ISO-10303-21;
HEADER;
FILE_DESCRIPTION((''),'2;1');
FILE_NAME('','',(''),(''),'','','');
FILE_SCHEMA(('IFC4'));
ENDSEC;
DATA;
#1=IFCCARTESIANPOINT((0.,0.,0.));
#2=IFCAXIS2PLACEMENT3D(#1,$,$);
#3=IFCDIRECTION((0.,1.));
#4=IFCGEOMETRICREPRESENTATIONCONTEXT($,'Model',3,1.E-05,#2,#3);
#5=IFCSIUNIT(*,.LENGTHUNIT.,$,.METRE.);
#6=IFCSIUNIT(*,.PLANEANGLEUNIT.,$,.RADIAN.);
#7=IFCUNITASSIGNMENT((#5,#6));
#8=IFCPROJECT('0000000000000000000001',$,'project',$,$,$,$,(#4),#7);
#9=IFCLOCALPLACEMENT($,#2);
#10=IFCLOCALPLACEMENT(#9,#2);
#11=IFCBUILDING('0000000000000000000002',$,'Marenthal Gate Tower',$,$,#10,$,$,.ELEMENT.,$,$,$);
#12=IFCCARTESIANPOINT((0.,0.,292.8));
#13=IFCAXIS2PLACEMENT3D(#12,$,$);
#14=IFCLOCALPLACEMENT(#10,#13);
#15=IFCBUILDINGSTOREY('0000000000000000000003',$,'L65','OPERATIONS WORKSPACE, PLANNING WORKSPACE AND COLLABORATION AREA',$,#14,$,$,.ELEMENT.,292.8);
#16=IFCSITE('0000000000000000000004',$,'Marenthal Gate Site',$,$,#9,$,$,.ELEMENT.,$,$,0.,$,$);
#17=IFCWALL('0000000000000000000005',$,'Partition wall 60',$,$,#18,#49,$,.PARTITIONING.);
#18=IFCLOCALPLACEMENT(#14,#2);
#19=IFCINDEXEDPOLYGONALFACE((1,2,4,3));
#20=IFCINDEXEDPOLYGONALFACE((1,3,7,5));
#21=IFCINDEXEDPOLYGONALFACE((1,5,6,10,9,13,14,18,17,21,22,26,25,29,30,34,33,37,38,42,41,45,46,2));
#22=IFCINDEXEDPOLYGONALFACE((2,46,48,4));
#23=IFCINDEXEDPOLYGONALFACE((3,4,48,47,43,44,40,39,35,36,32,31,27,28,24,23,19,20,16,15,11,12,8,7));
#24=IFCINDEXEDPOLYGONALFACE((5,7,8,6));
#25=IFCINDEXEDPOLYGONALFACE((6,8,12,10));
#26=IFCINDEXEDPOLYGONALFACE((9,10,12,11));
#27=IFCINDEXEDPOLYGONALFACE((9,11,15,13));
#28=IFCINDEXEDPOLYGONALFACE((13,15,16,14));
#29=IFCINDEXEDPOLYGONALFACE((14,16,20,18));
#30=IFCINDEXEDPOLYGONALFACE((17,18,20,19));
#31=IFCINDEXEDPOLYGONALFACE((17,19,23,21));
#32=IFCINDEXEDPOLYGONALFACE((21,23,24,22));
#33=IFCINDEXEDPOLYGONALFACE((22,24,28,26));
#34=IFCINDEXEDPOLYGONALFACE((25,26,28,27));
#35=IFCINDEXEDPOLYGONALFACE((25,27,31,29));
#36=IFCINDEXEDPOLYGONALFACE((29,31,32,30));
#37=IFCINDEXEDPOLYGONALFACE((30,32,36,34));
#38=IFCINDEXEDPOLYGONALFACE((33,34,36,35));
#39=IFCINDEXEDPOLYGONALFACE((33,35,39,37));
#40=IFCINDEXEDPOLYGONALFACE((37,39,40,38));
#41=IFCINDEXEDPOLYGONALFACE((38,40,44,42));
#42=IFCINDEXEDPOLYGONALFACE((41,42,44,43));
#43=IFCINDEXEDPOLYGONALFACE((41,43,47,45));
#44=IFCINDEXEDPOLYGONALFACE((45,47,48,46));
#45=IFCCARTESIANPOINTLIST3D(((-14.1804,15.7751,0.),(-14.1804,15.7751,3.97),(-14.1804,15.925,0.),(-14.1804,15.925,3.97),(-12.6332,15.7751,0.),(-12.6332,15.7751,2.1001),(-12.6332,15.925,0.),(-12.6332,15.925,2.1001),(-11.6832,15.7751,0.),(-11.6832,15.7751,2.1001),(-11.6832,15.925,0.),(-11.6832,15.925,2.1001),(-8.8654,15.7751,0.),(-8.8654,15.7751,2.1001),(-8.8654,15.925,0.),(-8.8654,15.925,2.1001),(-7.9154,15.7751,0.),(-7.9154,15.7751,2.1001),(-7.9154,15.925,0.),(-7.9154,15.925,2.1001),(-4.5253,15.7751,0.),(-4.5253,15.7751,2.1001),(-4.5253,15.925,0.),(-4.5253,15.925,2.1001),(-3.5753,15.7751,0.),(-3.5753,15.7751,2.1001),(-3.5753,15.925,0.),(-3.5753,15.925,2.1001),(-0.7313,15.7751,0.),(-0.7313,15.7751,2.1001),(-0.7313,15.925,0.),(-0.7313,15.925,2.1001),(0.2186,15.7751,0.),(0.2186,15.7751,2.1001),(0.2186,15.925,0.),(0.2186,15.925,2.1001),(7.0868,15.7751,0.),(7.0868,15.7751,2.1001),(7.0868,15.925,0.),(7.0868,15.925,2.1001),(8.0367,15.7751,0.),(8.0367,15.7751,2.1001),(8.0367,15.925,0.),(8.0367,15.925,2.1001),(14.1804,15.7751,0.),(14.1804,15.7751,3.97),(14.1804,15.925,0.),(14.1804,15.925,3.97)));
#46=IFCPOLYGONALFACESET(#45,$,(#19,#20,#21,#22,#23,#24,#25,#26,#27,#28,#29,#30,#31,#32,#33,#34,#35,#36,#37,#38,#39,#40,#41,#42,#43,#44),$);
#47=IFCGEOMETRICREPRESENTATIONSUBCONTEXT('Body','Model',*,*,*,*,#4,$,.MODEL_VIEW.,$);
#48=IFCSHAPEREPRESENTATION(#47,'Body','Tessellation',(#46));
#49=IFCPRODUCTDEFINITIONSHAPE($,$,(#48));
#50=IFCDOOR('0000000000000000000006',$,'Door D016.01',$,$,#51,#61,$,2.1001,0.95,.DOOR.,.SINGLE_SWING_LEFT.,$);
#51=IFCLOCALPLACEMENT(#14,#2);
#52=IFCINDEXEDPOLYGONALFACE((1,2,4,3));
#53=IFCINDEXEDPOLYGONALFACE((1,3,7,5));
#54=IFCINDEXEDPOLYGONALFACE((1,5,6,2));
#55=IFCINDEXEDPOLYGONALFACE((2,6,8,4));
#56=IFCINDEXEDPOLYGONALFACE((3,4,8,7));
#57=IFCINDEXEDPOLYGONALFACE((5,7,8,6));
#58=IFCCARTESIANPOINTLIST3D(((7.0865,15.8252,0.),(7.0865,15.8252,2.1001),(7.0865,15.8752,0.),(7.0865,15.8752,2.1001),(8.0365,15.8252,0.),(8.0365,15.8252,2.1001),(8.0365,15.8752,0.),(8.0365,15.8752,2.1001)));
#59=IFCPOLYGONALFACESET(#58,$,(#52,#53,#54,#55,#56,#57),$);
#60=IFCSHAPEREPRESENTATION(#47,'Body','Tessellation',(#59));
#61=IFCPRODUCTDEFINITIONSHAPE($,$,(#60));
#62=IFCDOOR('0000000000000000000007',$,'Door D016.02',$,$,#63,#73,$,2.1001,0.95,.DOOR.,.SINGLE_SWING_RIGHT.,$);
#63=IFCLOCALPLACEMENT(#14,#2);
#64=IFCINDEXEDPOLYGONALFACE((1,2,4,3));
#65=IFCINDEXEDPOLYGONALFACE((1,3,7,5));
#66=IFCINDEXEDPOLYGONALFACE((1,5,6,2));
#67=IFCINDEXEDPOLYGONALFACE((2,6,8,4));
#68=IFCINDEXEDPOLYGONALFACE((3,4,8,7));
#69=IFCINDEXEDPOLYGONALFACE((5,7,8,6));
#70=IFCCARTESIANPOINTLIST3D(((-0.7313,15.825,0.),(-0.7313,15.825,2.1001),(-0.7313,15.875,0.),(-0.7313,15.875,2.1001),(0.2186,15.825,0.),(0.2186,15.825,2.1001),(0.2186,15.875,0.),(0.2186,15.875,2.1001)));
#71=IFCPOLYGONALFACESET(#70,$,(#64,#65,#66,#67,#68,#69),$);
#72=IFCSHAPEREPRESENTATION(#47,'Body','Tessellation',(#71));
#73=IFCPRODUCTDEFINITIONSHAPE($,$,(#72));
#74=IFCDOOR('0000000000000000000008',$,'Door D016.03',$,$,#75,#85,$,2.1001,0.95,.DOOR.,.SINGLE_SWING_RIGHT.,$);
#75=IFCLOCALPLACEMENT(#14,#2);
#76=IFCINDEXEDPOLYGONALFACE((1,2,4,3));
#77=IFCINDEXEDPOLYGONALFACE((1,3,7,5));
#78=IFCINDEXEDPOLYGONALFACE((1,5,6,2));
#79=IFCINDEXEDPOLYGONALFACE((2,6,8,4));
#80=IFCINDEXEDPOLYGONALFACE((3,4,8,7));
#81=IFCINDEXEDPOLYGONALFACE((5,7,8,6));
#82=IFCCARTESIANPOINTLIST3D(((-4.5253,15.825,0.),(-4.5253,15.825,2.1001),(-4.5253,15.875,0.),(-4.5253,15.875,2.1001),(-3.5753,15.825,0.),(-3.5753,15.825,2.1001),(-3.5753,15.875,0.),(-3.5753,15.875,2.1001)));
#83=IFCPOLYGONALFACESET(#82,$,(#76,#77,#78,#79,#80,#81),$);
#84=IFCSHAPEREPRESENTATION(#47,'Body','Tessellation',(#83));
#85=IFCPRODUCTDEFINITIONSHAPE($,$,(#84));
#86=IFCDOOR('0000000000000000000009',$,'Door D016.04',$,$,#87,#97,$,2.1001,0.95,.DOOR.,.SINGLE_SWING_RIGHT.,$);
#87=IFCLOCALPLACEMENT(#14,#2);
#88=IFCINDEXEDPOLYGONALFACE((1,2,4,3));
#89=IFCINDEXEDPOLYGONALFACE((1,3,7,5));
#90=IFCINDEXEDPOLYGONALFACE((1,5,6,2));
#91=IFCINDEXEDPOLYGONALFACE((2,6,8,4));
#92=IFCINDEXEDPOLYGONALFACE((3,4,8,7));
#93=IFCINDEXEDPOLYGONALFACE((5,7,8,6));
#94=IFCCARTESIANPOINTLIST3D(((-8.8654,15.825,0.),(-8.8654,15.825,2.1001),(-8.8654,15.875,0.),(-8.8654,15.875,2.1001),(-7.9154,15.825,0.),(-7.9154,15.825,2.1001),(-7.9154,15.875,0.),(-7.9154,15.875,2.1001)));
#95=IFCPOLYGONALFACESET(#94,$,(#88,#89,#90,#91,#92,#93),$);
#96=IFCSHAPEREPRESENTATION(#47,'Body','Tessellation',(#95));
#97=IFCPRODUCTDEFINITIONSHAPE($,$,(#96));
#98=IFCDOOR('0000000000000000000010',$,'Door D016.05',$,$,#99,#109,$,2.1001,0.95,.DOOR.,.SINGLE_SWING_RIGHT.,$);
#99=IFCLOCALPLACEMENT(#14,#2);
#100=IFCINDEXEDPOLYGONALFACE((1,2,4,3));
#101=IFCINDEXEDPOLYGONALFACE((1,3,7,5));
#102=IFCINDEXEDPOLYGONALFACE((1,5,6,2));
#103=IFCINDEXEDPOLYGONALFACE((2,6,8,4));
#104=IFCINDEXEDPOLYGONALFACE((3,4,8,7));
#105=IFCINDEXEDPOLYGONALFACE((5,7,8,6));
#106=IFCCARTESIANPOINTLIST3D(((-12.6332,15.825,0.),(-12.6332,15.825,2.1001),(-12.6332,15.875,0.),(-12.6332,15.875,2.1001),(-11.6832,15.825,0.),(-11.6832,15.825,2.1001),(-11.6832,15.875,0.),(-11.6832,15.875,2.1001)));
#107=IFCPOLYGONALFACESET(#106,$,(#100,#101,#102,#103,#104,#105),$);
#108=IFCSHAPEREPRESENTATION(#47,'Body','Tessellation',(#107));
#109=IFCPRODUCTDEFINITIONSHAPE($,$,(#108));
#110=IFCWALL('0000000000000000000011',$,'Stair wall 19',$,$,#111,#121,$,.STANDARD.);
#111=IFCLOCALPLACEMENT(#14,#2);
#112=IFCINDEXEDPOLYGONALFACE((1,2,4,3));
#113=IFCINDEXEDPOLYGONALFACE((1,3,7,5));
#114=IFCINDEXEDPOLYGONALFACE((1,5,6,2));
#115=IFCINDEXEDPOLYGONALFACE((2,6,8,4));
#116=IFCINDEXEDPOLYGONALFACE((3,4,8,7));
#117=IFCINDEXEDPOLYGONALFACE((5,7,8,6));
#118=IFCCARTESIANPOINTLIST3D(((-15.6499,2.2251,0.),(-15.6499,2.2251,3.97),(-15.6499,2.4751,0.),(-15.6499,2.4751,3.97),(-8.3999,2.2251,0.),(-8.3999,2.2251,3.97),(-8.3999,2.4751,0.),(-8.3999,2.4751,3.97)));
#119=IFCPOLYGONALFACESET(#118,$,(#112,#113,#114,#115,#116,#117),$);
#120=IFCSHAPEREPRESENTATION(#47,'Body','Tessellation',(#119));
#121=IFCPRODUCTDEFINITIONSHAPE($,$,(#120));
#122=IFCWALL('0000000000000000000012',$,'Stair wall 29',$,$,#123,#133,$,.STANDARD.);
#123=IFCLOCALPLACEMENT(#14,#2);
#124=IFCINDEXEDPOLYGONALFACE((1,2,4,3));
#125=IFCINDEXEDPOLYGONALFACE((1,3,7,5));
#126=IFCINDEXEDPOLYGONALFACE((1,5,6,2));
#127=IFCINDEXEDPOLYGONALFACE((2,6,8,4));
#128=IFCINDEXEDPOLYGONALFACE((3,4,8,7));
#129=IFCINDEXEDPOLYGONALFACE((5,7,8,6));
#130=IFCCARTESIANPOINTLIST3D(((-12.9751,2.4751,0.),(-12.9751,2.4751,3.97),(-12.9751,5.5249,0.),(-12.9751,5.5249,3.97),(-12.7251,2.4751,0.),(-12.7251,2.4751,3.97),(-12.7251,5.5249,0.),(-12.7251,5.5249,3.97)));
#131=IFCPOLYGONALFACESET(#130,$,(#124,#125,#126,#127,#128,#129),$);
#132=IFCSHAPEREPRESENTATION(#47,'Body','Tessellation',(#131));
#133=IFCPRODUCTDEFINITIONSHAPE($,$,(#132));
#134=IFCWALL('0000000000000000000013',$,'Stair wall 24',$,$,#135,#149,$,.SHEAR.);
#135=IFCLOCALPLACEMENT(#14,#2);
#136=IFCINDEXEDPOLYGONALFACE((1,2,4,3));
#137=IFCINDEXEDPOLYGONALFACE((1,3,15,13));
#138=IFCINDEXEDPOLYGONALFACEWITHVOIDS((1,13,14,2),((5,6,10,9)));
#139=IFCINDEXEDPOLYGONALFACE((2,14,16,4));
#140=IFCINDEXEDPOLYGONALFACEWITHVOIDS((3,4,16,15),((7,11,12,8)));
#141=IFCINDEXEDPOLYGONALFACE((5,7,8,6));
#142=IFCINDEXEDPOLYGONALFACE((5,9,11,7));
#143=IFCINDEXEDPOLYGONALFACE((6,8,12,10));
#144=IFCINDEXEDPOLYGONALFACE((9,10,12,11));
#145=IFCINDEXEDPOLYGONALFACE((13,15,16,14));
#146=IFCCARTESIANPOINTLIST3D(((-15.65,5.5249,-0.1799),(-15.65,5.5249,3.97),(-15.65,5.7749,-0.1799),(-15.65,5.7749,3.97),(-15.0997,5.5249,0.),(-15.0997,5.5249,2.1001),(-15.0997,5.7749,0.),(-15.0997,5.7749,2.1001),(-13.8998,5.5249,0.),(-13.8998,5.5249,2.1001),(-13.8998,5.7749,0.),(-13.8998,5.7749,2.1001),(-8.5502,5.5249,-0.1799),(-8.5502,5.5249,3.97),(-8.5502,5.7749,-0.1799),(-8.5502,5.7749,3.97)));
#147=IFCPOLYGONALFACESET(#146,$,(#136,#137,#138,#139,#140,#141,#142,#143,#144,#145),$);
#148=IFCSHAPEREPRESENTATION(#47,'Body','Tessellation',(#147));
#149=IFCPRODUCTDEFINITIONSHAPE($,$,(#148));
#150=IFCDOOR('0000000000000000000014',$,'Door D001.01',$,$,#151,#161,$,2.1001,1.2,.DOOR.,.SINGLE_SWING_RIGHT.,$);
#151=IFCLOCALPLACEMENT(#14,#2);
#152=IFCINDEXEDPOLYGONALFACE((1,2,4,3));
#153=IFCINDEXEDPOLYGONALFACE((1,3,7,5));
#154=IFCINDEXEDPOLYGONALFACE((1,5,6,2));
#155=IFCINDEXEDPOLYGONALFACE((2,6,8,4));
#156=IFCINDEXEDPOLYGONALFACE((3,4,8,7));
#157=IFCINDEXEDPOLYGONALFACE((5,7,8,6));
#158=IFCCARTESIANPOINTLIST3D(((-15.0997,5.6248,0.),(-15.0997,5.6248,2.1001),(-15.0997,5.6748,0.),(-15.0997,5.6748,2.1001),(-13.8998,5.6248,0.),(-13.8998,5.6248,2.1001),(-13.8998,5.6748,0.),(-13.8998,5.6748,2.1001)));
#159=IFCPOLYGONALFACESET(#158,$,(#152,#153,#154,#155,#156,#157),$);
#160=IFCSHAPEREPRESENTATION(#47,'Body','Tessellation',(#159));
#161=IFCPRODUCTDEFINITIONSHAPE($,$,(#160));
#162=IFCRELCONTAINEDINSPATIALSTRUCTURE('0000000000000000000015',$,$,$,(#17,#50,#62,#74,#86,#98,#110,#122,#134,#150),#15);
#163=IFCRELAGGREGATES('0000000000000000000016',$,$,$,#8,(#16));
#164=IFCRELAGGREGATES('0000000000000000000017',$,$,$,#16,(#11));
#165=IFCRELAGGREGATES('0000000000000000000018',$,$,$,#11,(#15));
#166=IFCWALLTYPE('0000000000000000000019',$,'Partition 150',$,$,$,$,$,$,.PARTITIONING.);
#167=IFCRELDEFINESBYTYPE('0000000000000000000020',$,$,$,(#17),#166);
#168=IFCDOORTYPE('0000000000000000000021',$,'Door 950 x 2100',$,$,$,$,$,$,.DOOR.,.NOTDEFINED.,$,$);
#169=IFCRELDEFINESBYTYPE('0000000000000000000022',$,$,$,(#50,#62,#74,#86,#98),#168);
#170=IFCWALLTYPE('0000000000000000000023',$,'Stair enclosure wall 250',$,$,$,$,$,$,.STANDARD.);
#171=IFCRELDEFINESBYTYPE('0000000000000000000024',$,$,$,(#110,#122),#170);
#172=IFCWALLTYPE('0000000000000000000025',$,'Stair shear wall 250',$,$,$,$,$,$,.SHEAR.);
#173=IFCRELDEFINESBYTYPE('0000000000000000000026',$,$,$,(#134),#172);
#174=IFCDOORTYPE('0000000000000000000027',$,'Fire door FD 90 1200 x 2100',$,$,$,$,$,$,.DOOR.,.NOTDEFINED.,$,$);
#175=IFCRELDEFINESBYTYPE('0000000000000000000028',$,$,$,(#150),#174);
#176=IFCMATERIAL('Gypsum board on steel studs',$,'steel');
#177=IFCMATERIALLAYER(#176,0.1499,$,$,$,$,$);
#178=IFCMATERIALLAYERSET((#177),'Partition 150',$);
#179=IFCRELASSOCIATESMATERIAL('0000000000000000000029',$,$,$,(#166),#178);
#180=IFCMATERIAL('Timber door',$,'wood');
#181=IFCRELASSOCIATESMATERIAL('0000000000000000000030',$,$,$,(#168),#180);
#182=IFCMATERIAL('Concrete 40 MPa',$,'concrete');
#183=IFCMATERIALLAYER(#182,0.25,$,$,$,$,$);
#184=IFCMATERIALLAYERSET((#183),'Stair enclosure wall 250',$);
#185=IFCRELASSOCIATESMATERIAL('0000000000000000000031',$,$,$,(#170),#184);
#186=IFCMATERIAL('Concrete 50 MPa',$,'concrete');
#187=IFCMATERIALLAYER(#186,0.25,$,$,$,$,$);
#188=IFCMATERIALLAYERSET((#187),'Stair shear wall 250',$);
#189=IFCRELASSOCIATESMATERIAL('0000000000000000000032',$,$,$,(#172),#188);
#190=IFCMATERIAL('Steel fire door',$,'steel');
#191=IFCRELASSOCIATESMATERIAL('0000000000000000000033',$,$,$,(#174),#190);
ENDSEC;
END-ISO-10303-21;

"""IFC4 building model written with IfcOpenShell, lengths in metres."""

from ifc_helpers import new_model, si_unit, direction, frame, frame_2d, origin, place, context, subcontext, project, spatial, rectangle, extrude, material, layer, layer_set, type_object, element, fill, save


model = new_model("IFC4")

# Units and contexts
model_context = context("Model", 3, precision=1e-05, world=origin(), true_north=direction((0.0, 1.0)))
body_context = subcontext(model_context, "Body", "Model", "MODEL_VIEW")
ifc_project = project(units=[si_unit("LENGTHUNIT", "METRE"), si_unit("PLANEANGLEUNIT", "RADIAN")], contexts=[model_context])

# Site, building, storey
site_placement = place(None, origin())
site = spatial("IfcSite", under=ifc_project, at=site_placement, Name="Marenthal Gate Site", CompositionType="ELEMENT", RefElevation=0.0)
building_placement = place(site_placement, origin())
building = spatial("IfcBuilding", under=site, at=building_placement, Name="Marenthal Gate Tower", CompositionType="ELEMENT")
storey_placement = place(building_placement, frame((0.0, 0.0, 292.8)))
storey = spatial("IfcBuildingStorey", under=building, at=storey_placement, Name="L65", Description="OPERATIONS WORKSPACE, PLANNING WORKSPACE AND COLLABORATION AREA", CompositionType="ELEMENT", Elevation=292.8)

# Shared definitions
ifc_material_1 = material(Name="Gypsum board on steel studs", Category="steel")
ifc_layer_1 = layer(ifc_material_1, 0.1499)
ifc_layer_set_1 = layer_set([ifc_layer_1], Name="Partition 150")
wall_type_1 = type_object("IfcWallType", Name="Partition 150", PredefinedType="PARTITIONING", material=ifc_layer_set_1)

# Wall, openings, doors
wall_1_placement = place(storey_placement, frame((-14.1804, 15.8501, 0.0), z_axis=(0.0, 0.0, 1.0), x_axis=(1.0, 0.0, 0.0)))
wall_1 = element("IfcWall", 1, at=wall_1_placement, inside=storey, type_object=wall_type_1, Name="Partition wall 60", PredefinedType="PARTITIONING", context=body_context, shape_type="SweptSolid", body=[
    extrude(rectangle(XDim=28.3608, YDim=0.1499, at=frame_2d((14.1804, 0.0))), origin(), (0.0, 0.0, 1.0), 3.97),
])
opening_1_placement = place(wall_1_placement, frame((21.2671, 0.0, 0.0)))
opening_1 = element("IfcOpeningElement", 2, at=opening_1_placement, cuts=wall_1, PredefinedType="OPENING", context=body_context, shape_type="SweptSolid", body=[
    extrude(rectangle(XDim=0.95, YDim=2.1001, at=frame_2d((0.4751, 1.05))), frame((0.0, 0.085, 0.0), z_axis=(0.0, -1.0, 0.0), x_axis=(1.0, 0.0, 0.0)), (0.0, 0.0, 1.0), 0.1699),
])
opening_2_placement = place(wall_1_placement, frame((13.449, 0.0, 0.0)))
opening_2 = element("IfcOpeningElement", 3, at=opening_2_placement, cuts=wall_1, PredefinedType="OPENING", context=body_context, shape_type="SweptSolid", body=[
    extrude(rectangle(XDim=0.95, YDim=2.1001, at=frame_2d((0.4751, 1.05))), frame((0.0, 0.085, 0.0), z_axis=(0.0, -1.0, 0.0), x_axis=(1.0, 0.0, 0.0)), (0.0, 0.0, 1.0), 0.1699),
])
opening_3_placement = place(wall_1_placement, frame((9.655, 0.0, 0.0)))
opening_3 = element("IfcOpeningElement", 4, at=opening_3_placement, cuts=wall_1, PredefinedType="OPENING", context=body_context, shape_type="SweptSolid", body=[
    extrude(rectangle(XDim=0.95, YDim=2.1001, at=frame_2d((0.4751, 1.05))), frame((0.0, 0.085, 0.0), z_axis=(0.0, -1.0, 0.0), x_axis=(1.0, 0.0, 0.0)), (0.0, 0.0, 1.0), 0.1699),
])
opening_4_placement = place(wall_1_placement, frame((5.3149, 0.0, 0.0)))
opening_4 = element("IfcOpeningElement", 5, at=opening_4_placement, cuts=wall_1, PredefinedType="OPENING", context=body_context, shape_type="SweptSolid", body=[
    extrude(rectangle(XDim=0.95, YDim=2.1001, at=frame_2d((0.4751, 1.05))), frame((0.0, 0.085, 0.0), z_axis=(0.0, -1.0, 0.0), x_axis=(1.0, 0.0, 0.0)), (0.0, 0.0, 1.0), 0.1699),
])
opening_5_placement = place(wall_1_placement, frame((1.5471, 0.0, 0.0)))
opening_5 = element("IfcOpeningElement", 6, at=opening_5_placement, cuts=wall_1, PredefinedType="OPENING", context=body_context, shape_type="SweptSolid", body=[
    extrude(rectangle(XDim=0.95, YDim=2.1001, at=frame_2d((0.4751, 1.05))), frame((0.0, 0.085, 0.0), z_axis=(0.0, -1.0, 0.0), x_axis=(1.0, 0.0, 0.0)), (0.0, 0.0, 1.0), 0.1699),
])
ifc_material_2 = material(Name="Timber door", Category="wood")
door_type_1 = type_object("IfcDoorType", Name="Door 950 x 2100", OperationType="NOTDEFINED", PredefinedType="DOOR", material=ifc_material_2)
door_1_placement = place(opening_1_placement, frame((0.95, 0.0, 0.0), z_axis=(0.0, 0.0, 1.0), x_axis=(-1.0, 0.0, 0.0)))
door_1 = element("IfcDoor", 7, at=door_1_placement, inside=storey, type_object=door_type_1, Name="Door D016.01", OperationType="SINGLE_SWING_LEFT", OverallHeight=2.1001, OverallWidth=0.95, PredefinedType="DOOR", context=body_context, shape_type="SweptSolid", body=[
    extrude(rectangle(XDim=0.95, YDim=2.1001, at=frame_2d((0.4751, 1.05))), frame((0.0, 0.0249, 0.0), z_axis=(0.0, -1.0, 0.0), x_axis=(1.0, 0.0, 0.0)), (0.0, 0.0, 1.0), 0.05),
])
fill(opening_1, door_1)
door_2_placement = place(opening_2_placement, origin())
door_2 = element("IfcDoor", 8, at=door_2_placement, inside=storey, type_object=door_type_1, Name="Door D016.02", OperationType="SINGLE_SWING_RIGHT", OverallHeight=2.1001, OverallWidth=0.95, PredefinedType="DOOR", context=body_context, shape_type="SweptSolid", body=[
    extrude(rectangle(XDim=0.95, YDim=2.1001, at=frame_2d((0.4751, 1.05))), frame((0.0, 0.0249, 0.0), z_axis=(0.0, -1.0, 0.0), x_axis=(1.0, 0.0, 0.0)), (0.0, 0.0, 1.0), 0.05),
])
fill(opening_2, door_2)
door_3_placement = place(opening_3_placement, origin())
door_3 = element("IfcDoor", 9, at=door_3_placement, inside=storey, type_object=door_type_1, Name="Door D016.03", OperationType="SINGLE_SWING_RIGHT", OverallHeight=2.1001, OverallWidth=0.95, PredefinedType="DOOR", context=body_context, shape_type="SweptSolid", body=[
    extrude(rectangle(XDim=0.95, YDim=2.1001, at=frame_2d((0.4751, 1.05))), frame((0.0, 0.0249, 0.0), z_axis=(0.0, -1.0, 0.0), x_axis=(1.0, 0.0, 0.0)), (0.0, 0.0, 1.0), 0.05),
])
fill(opening_3, door_3)
door_4_placement = place(opening_4_placement, origin())
door_4 = element("IfcDoor", 10, at=door_4_placement, inside=storey, type_object=door_type_1, Name="Door D016.04", OperationType="SINGLE_SWING_RIGHT", OverallHeight=2.1001, OverallWidth=0.95, PredefinedType="DOOR", context=body_context, shape_type="SweptSolid", body=[
    extrude(rectangle(XDim=0.95, YDim=2.1001, at=frame_2d((0.4751, 1.05))), frame((0.0, 0.0249, 0.0), z_axis=(0.0, -1.0, 0.0), x_axis=(1.0, 0.0, 0.0)), (0.0, 0.0, 1.0), 0.05),
])
fill(opening_4, door_4)
door_5_placement = place(opening_5_placement, origin())
door_5 = element("IfcDoor", 11, at=door_5_placement, inside=storey, type_object=door_type_1, Name="Door D016.05", OperationType="SINGLE_SWING_RIGHT", OverallHeight=2.1001, OverallWidth=0.95, PredefinedType="DOOR", context=body_context, shape_type="SweptSolid", body=[
    extrude(rectangle(XDim=0.95, YDim=2.1001, at=frame_2d((0.4751, 1.05))), frame((0.0, 0.0249, 0.0), z_axis=(0.0, -1.0, 0.0), x_axis=(1.0, 0.0, 0.0)), (0.0, 0.0, 1.0), 0.05),
])
fill(opening_5, door_5)

# Walls
ifc_material_3 = material(Name="Concrete 40 MPa", Category="concrete")
ifc_layer_2 = layer(ifc_material_3, 0.25)
ifc_layer_set_2 = layer_set([ifc_layer_2], Name="Stair enclosure wall 250")
wall_type_2 = type_object("IfcWallType", Name="Stair enclosure wall 250", PredefinedType="STANDARD", material=ifc_layer_set_2)
wall_2_placement = place(storey_placement, frame((-15.6499, 2.3501, 0.0), z_axis=(0.0, 0.0, 1.0), x_axis=(1.0, 0.0, 0.0)))
element("IfcWall", 12, at=wall_2_placement, inside=storey, type_object=wall_type_2, Name="Stair wall 19", PredefinedType="STANDARD", context=body_context, shape_type="SweptSolid", body=[
    extrude(rectangle(XDim=7.25, YDim=0.25, at=frame_2d((3.625, 0.0))), origin(), (0.0, 0.0, 1.0), 3.97),
])
wall_3_placement = place(storey_placement, frame((-12.8501, 2.4751, 0.0), z_axis=(0.0, 0.0, 1.0), x_axis=(0.0, 1.0, 0.0)))
element("IfcWall", 13, at=wall_3_placement, inside=storey, type_object=wall_type_2, Name="Stair wall 29", PredefinedType="STANDARD", context=body_context, shape_type="SweptSolid", body=[
    extrude(rectangle(XDim=3.0498, YDim=0.25, at=frame_2d((1.5249, 0.0))), origin(), (0.0, 0.0, 1.0), 3.97),
])

# Wall, opening, door
ifc_material_4 = material(Name="Concrete 50 MPa", Category="concrete")
ifc_layer_3 = layer(ifc_material_4, 0.25)
ifc_layer_set_3 = layer_set([ifc_layer_3], Name="Stair shear wall 250")
wall_type_3 = type_object("IfcWallType", Name="Stair shear wall 250", PredefinedType="SHEAR", material=ifc_layer_set_3)
wall_4_placement = place(storey_placement, frame((-15.6499, 5.6499, -0.1799), z_axis=(0.0, 0.0, 1.0), x_axis=(1.0, 0.0, 0.0)))
wall_4 = element("IfcWall", 14, at=wall_4_placement, inside=storey, type_object=wall_type_3, Name="Stair wall 24", PredefinedType="SHEAR", context=body_context, shape_type="SweptSolid", body=[
    extrude(rectangle(XDim=7.0999, YDim=0.25, at=frame_2d((3.5498, 0.0))), origin(), (0.0, 0.0, 1.0), 4.1499),
])
opening_6_placement = place(wall_4_placement, frame((0.55, 0.0, 0.1799)))
opening_6 = element("IfcOpeningElement", 15, at=opening_6_placement, cuts=wall_4, PredefinedType="OPENING", context=body_context, shape_type="SweptSolid", body=[
    extrude(rectangle(XDim=1.2, YDim=2.1001, at=frame_2d((0.6001, 1.05))), frame((0.0, 0.135, 0.0), z_axis=(0.0, -1.0, 0.0), x_axis=(1.0, 0.0, 0.0)), (0.0, 0.0, 1.0), 0.27),
])
ifc_material_5 = material(Name="Steel fire door", Category="steel")
door_type_2 = type_object("IfcDoorType", Name="Fire door FD 90 1200 x 2100", OperationType="NOTDEFINED", PredefinedType="DOOR", material=ifc_material_5)
door_6_placement = place(opening_6_placement, origin())
door_6 = element("IfcDoor", 16, at=door_6_placement, inside=storey, type_object=door_type_2, Name="Door D001.01", OperationType="SINGLE_SWING_RIGHT", OverallHeight=2.1001, OverallWidth=1.2, PredefinedType="DOOR", context=body_context, shape_type="SweptSolid", body=[
    extrude(rectangle(XDim=1.2, YDim=2.1001, at=frame_2d((0.6001, 1.05))), frame((0.0, 0.0249, 0.0), z_axis=(0.0, -1.0, 0.0), x_axis=(1.0, 0.0, 0.0)), (0.0, 0.0, 1.0), 0.05),
])
fill(opening_6, door_6)

save(model, "model.ifc")
